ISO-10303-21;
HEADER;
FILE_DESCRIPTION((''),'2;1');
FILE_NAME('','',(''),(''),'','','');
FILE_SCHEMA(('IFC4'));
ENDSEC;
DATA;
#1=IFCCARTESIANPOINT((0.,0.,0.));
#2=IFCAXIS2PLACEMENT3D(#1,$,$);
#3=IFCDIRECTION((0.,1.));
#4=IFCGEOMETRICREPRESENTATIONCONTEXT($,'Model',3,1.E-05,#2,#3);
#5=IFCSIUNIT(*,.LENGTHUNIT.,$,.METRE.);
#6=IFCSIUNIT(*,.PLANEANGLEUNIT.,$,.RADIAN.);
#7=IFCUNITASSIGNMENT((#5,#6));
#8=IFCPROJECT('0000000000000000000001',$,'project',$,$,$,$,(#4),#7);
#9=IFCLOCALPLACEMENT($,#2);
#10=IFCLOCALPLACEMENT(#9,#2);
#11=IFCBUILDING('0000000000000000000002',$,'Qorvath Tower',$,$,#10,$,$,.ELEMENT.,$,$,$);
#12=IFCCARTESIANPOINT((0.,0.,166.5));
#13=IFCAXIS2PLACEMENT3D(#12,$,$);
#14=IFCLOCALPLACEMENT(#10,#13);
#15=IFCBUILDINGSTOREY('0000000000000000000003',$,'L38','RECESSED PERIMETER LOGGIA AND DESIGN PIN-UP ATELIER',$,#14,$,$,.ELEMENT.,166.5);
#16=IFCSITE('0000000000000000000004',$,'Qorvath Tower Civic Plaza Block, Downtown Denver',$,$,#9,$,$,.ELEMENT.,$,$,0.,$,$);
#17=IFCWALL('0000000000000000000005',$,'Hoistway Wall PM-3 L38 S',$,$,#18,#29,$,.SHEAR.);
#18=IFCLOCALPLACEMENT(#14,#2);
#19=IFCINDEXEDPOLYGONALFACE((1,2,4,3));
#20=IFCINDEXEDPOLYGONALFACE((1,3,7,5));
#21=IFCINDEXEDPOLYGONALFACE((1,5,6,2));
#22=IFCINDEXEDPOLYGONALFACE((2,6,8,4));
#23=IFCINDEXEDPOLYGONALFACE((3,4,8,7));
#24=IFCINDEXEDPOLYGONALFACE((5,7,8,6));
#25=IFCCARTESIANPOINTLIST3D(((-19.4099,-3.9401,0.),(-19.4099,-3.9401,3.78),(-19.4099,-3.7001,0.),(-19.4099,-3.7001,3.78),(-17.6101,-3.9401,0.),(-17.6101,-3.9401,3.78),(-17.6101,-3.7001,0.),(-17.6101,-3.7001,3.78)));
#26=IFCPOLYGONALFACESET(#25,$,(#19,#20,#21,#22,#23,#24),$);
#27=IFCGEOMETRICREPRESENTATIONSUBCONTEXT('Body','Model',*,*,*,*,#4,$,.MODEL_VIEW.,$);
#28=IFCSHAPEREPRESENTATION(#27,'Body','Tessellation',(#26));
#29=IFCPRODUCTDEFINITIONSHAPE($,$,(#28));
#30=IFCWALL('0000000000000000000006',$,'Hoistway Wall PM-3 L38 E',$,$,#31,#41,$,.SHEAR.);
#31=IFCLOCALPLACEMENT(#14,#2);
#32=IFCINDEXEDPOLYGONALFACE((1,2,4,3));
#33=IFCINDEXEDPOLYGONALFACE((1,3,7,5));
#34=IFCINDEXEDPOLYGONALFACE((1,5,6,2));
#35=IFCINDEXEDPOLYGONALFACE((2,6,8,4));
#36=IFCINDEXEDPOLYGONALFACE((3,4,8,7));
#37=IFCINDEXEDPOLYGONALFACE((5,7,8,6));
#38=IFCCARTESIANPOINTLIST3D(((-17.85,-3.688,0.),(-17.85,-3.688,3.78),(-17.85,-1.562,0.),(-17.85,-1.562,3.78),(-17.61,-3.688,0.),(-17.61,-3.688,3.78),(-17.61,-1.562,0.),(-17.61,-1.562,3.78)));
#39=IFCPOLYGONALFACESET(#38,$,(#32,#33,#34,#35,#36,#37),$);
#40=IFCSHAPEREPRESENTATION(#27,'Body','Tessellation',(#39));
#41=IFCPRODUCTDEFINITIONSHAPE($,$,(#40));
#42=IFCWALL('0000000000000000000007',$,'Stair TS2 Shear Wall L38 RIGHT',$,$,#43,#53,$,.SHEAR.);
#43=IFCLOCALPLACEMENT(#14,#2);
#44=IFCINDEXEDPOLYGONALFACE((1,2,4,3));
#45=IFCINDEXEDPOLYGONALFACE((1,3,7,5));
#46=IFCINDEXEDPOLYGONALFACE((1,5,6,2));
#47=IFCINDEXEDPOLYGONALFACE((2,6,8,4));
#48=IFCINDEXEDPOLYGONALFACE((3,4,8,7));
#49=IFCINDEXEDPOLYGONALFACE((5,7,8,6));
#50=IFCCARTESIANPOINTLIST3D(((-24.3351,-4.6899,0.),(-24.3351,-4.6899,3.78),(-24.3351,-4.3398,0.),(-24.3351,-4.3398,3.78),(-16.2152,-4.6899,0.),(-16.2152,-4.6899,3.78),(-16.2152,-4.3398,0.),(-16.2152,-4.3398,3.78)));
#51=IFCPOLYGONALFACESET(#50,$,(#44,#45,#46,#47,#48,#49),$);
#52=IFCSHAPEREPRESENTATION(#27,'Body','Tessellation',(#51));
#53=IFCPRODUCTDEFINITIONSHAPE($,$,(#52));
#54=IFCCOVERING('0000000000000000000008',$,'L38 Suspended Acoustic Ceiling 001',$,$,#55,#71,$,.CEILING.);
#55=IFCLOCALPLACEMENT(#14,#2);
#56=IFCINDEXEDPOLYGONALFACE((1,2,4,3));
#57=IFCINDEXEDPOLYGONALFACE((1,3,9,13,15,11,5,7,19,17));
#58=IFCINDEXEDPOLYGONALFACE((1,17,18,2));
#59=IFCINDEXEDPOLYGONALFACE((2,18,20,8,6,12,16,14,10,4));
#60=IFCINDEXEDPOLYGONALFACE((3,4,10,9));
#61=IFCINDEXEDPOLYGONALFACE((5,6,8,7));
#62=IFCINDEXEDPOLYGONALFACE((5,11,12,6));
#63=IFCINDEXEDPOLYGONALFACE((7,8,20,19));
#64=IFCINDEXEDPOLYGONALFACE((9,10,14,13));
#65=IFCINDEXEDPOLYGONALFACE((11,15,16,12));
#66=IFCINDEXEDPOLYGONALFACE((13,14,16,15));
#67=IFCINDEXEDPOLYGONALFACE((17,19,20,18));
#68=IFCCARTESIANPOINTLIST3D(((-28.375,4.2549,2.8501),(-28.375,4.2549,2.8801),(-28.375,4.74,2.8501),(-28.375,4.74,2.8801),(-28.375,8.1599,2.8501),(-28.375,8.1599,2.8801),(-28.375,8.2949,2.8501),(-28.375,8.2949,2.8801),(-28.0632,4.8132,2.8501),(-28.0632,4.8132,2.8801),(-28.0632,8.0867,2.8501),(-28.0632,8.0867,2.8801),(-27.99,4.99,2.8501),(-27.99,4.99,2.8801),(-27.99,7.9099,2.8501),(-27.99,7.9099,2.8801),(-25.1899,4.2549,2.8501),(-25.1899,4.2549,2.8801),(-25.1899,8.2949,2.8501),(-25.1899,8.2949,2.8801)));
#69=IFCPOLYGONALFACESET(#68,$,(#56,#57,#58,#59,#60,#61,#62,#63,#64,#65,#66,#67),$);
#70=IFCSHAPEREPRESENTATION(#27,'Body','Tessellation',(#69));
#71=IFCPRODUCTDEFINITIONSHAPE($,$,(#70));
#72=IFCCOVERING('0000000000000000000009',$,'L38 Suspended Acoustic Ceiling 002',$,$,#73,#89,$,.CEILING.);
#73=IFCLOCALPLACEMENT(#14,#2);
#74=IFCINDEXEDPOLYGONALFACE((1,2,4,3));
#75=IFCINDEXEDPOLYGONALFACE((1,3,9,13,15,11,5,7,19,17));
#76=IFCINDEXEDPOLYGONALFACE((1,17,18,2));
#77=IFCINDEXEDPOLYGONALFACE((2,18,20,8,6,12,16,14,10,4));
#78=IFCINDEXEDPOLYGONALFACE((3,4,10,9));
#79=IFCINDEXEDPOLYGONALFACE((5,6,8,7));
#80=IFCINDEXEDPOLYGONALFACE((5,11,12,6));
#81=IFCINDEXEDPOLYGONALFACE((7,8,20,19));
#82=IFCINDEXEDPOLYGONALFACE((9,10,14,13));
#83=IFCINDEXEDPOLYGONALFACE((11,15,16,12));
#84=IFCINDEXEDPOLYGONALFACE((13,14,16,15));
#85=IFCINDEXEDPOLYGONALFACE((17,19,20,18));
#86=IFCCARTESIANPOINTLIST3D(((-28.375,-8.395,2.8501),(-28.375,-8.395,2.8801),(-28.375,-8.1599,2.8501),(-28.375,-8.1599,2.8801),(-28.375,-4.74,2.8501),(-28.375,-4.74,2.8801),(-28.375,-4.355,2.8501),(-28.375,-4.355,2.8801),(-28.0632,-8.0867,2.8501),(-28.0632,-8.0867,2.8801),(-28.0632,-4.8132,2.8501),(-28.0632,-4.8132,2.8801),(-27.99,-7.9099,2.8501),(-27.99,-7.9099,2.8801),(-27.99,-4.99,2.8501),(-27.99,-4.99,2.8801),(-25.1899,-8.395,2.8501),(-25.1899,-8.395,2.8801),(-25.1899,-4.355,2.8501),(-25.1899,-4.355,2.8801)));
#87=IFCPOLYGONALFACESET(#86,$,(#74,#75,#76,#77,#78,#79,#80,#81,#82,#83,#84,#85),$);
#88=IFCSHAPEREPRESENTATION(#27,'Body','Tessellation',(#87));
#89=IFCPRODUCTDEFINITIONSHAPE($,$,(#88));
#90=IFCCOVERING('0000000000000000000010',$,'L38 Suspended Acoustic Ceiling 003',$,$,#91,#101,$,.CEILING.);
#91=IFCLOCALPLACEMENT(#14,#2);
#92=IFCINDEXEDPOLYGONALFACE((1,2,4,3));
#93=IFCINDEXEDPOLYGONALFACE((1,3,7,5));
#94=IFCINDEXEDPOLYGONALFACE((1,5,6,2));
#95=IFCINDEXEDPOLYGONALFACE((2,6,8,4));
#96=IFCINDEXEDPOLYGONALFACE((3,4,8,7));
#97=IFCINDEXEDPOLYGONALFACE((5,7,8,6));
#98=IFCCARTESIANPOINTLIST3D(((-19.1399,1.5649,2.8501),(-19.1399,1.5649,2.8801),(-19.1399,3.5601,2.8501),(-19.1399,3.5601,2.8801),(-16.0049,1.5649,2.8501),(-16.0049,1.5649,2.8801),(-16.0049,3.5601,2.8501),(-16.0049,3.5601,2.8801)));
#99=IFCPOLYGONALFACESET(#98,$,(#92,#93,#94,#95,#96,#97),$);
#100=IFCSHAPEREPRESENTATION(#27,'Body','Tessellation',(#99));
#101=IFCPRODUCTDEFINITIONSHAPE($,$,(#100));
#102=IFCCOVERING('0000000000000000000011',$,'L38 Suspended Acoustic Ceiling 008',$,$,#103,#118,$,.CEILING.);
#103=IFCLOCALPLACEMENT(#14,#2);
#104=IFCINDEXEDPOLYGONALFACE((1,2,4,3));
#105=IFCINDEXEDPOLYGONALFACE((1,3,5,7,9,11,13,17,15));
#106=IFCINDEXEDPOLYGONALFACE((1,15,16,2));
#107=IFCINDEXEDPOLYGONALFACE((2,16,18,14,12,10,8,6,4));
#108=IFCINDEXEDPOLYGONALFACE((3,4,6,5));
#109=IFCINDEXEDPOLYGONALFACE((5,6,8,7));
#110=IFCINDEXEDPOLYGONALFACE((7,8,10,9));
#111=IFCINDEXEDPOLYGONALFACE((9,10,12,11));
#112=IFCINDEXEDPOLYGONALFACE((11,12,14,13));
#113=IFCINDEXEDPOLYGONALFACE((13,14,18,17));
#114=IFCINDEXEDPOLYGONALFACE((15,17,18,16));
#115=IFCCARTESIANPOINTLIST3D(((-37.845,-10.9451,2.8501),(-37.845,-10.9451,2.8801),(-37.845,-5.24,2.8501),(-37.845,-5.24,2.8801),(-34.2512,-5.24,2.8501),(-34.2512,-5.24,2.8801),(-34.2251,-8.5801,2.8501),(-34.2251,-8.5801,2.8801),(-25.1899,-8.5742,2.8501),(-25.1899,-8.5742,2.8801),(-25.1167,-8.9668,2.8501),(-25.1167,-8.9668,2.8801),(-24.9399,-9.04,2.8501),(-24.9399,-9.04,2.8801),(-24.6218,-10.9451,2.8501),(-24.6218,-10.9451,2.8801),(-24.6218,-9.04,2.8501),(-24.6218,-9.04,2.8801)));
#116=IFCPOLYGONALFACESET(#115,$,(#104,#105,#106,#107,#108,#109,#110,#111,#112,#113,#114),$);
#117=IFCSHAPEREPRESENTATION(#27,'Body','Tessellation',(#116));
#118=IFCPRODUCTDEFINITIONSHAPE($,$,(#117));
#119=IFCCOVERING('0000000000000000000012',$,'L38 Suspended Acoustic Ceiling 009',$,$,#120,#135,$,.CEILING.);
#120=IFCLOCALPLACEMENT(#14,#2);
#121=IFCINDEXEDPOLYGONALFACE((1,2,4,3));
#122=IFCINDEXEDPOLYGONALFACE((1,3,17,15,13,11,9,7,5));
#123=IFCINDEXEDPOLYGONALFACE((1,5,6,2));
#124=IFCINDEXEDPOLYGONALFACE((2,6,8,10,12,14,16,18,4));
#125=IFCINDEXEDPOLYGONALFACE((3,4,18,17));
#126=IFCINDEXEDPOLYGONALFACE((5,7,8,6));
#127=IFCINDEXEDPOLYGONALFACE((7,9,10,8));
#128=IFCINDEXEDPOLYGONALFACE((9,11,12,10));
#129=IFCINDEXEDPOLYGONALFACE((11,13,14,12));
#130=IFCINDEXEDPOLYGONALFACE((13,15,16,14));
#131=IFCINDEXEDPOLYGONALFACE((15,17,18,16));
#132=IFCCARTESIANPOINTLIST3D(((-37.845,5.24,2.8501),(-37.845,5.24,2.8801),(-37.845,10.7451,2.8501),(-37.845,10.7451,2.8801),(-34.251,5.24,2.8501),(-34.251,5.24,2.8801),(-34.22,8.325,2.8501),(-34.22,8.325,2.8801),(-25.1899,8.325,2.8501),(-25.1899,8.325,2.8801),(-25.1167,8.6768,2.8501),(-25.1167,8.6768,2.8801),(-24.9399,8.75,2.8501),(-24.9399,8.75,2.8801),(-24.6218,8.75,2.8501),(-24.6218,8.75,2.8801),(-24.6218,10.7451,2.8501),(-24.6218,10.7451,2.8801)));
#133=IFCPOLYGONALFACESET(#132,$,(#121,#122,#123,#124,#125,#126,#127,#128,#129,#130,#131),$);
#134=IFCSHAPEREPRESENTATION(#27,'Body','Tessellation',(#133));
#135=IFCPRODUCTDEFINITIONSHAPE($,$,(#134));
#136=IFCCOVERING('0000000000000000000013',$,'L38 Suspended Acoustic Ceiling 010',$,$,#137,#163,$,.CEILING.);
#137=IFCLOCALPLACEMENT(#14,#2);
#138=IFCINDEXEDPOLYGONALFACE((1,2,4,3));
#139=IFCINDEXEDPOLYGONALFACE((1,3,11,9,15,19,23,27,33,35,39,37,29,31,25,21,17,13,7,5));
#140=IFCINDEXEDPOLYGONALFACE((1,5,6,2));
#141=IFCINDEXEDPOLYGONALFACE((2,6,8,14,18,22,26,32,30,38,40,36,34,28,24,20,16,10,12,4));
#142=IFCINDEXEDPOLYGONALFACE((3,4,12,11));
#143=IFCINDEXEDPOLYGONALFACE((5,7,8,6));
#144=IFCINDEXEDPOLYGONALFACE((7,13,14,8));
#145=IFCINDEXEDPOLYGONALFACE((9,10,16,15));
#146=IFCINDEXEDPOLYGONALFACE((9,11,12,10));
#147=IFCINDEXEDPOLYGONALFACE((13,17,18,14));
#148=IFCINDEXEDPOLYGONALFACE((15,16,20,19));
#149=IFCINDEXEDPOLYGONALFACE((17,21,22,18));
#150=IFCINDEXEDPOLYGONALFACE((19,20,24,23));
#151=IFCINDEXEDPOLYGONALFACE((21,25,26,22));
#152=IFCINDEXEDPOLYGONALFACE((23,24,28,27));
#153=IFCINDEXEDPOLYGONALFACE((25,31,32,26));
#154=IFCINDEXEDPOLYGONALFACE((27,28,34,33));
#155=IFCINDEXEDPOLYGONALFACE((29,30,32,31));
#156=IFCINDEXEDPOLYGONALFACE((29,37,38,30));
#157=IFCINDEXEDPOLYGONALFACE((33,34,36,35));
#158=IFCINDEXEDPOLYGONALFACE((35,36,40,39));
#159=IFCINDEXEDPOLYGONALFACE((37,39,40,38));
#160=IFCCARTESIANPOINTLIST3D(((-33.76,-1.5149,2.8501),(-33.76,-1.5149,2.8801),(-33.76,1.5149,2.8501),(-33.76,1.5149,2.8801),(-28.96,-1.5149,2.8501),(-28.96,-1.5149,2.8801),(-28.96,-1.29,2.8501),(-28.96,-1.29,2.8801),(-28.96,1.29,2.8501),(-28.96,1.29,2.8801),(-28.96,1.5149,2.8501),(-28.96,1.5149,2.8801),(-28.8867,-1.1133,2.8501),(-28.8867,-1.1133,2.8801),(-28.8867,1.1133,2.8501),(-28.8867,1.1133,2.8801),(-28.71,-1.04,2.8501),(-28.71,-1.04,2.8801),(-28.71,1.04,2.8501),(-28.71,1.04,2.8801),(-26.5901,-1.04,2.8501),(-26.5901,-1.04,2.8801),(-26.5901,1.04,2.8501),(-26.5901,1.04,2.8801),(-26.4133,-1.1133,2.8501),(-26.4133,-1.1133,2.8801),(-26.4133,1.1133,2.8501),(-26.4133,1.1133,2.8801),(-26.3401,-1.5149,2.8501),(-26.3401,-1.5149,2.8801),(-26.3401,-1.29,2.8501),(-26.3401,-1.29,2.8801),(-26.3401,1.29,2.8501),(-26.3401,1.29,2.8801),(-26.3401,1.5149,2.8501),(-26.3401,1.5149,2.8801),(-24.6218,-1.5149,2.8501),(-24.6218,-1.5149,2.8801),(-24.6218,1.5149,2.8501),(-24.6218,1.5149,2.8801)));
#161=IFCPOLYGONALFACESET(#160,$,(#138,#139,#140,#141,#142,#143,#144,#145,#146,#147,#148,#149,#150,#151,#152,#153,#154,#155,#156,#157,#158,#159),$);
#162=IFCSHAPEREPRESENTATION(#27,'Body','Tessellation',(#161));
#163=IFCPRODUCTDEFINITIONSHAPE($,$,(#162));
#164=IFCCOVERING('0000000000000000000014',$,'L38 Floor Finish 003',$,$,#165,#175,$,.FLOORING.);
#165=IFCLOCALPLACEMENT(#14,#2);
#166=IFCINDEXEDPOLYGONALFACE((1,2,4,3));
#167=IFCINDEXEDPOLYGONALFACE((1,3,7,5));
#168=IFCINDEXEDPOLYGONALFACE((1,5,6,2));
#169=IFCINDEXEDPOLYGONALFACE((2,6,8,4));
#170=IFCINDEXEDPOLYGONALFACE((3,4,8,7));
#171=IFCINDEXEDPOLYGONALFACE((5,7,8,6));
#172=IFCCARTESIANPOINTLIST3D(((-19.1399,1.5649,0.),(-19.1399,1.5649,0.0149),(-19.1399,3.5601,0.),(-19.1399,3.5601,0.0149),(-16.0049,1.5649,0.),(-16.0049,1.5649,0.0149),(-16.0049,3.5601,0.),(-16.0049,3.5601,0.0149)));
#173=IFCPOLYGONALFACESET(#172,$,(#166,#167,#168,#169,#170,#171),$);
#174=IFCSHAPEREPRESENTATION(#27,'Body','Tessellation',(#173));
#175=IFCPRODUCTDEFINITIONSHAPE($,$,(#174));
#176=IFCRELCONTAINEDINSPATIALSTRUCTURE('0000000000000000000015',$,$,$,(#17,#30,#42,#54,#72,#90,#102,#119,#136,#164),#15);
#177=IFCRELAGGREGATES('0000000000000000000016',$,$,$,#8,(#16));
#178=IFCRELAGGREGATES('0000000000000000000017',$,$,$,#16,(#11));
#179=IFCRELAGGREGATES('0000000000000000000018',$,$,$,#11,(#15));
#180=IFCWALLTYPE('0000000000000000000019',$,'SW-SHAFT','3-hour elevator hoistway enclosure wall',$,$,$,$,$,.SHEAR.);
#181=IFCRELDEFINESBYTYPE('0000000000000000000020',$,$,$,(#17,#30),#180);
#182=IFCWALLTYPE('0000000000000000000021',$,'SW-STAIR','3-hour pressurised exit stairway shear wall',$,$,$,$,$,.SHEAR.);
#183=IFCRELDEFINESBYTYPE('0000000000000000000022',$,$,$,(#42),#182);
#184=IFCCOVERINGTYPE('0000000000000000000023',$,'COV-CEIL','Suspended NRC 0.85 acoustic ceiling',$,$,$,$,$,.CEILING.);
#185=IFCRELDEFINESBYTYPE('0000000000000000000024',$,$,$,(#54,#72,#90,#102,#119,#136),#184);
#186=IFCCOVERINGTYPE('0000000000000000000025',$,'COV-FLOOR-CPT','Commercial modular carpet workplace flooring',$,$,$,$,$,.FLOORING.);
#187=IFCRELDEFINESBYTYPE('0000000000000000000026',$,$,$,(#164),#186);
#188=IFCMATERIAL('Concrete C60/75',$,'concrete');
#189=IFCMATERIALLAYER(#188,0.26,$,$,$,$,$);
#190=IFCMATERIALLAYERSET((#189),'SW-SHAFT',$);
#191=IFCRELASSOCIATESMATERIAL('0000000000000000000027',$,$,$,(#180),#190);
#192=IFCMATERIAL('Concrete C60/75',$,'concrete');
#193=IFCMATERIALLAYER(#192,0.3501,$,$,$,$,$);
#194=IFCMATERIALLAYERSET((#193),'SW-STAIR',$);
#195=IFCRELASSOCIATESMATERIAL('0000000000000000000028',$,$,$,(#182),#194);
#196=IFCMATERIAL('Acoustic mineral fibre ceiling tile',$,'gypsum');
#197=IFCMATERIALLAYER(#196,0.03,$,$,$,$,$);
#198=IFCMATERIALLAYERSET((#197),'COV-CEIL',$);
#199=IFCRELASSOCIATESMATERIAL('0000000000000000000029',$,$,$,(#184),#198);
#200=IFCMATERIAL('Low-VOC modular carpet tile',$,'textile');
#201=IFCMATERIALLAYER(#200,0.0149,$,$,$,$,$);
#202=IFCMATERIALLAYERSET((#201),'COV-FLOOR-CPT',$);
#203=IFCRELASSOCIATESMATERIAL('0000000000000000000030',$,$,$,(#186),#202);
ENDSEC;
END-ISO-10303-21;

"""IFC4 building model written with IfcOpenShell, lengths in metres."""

from ifc_helpers import new_model, si_unit, direction, frame, frame_2d, origin, place, context, subcontext, project, spatial, polyline, rectangle, outline, extrude, material, layer, layer_set, type_object, element, save


model = new_model("IFC4")

# Units and contexts
model_context = context("Model", 3, precision=1e-05, world=origin(), true_north=direction((0.0, 1.0)))
body_context = subcontext(model_context, "Body", "Model", "MODEL_VIEW")
ifc_project = project(units=[si_unit("LENGTHUNIT", "METRE"), si_unit("PLANEANGLEUNIT", "RADIAN")], contexts=[model_context])

# Site, building, storey
site_placement = place(None, origin())
site = spatial("IfcSite", under=ifc_project, at=site_placement, Name="Qorvath Tower Civic Plaza Block, Downtown Denver", CompositionType="ELEMENT", RefElevation=0.0)
building_placement = place(site_placement, origin())
building = spatial("IfcBuilding", under=site, at=building_placement, Name="Qorvath Tower", CompositionType="ELEMENT")
storey_placement = place(building_placement, frame((0.0, 0.0, 166.5)))
storey = spatial("IfcBuildingStorey", under=building, at=storey_placement, Name="L38", Description="RECESSED PERIMETER LOGGIA AND DESIGN PIN-UP ATELIER", CompositionType="ELEMENT", Elevation=166.5)

# Walls
ifc_material_1 = material(Name="Concrete C60/75", Category="concrete")
ifc_layer_1 = layer(ifc_material_1, 0.26)
ifc_layer_set_1 = layer_set([ifc_layer_1], Name="SW-SHAFT")
wall_type_1 = type_object("IfcWallType", Name="SW-SHAFT", Description="3-hour elevator hoistway enclosure wall", PredefinedType="SHEAR", material=ifc_layer_set_1)
wall_1_placement = place(storey_placement, frame((-17.6101, -3.8201, 0.0), z_axis=(0.0, 0.0, 1.0), x_axis=(-1.0, 0.0, 0.0)))
element("IfcWall", 1, at=wall_1_placement, inside=storey, type_object=wall_type_1, Name="Hoistway Wall PM-3 L38 S", PredefinedType="SHEAR", context=body_context, shape_type="SweptSolid", body=[
    extrude(rectangle(XDim=1.7998, YDim=0.24, at=frame_2d((0.8999, 0.0))), origin(), (0.0, 0.0, 1.0), 3.78),
])
wall_2_placement = place(storey_placement, frame((-17.73, -1.562, 0.0), z_axis=(0.0, 0.0, 1.0), x_axis=(0.0, -1.0, 0.0)))
element("IfcWall", 2, at=wall_2_placement, inside=storey, type_object=wall_type_1, Name="Hoistway Wall PM-3 L38 E", PredefinedType="SHEAR", context=body_context, shape_type="SweptSolid", body=[
    extrude(rectangle(XDim=2.126, YDim=0.24, at=frame_2d((1.063, 0.0))), origin(), (0.0, 0.0, 1.0), 3.78),
])
ifc_material_2 = material(Name="Concrete C60/75", Category="concrete")
ifc_layer_2 = layer(ifc_material_2, 0.3501)
ifc_layer_set_2 = layer_set([ifc_layer_2], Name="SW-STAIR")
wall_type_2 = type_object("IfcWallType", Name="SW-STAIR", Description="3-hour pressurised exit stairway shear wall", PredefinedType="SHEAR", material=ifc_layer_set_2)
wall_3_placement = place(storey_placement, frame((-16.2151, -4.5149, 0.0), z_axis=(0.0, 0.0, 1.0), x_axis=(-1.0, 0.0, 0.0)))
element("IfcWall", 3, at=wall_3_placement, inside=storey, type_object=wall_type_2, Name="Stair TS2 Shear Wall L38 RIGHT", PredefinedType="SHEAR", context=body_context, shape_type="SweptSolid", body=[
    extrude(rectangle(XDim=8.1199, YDim=0.3501, at=frame_2d((4.0601, 0.0))), origin(), (0.0, 0.0, 1.0), 3.78),
])

# Coverings
ifc_material_3 = material(Name="Acoustic mineral fibre ceiling tile", Category="gypsum")
ifc_layer_3 = layer(ifc_material_3, 0.03)
ifc_layer_set_3 = layer_set([ifc_layer_3], Name="COV-CEIL")
covering_type_1 = type_object("IfcCoveringType", Name="COV-CEIL", Description="Suspended NRC 0.85 acoustic ceiling", PredefinedType="CEILING", material=ifc_layer_set_3)
covering_1_placement = place(storey_placement, frame((0.0, 0.0, 2.8501)))
element("IfcCovering", 4, at=covering_1_placement, inside=storey, type_object=covering_type_1, Name="L38 Suspended Acoustic Ceiling 001", PredefinedType="CEILING", context=body_context, shape_type="SweptSolid", body=[
    extrude(outline(polyline([(-25.1899, 4.2549), (-25.1899, 8.2949), (-28.375, 8.2949), (-28.375, 8.1599), (-28.0632, 8.0867), (-27.99, 7.9099), (-27.99, 4.99), (-28.0632, 4.8132), (-28.375, 4.74), (-28.375, 4.2549), (-25.1899, 4.2549)])), origin(), (0.0, 0.0, 1.0), 0.03),
])
covering_2_placement = place(storey_placement, frame((0.0, 0.0, 2.8501)))
element("IfcCovering", 5, at=covering_2_placement, inside=storey, type_object=covering_type_1, Name="L38 Suspended Acoustic Ceiling 002", PredefinedType="CEILING", context=body_context, shape_type="SweptSolid", body=[
    extrude(outline(polyline([(-25.1899, -8.395), (-25.1899, -4.355), (-28.375, -4.355), (-28.375, -4.74), (-28.0632, -4.8132), (-27.99, -4.99), (-27.99, -7.9099), (-28.0632, -8.0867), (-28.375, -8.1599), (-28.375, -8.395), (-25.1899, -8.395)])), origin(), (0.0, 0.0, 1.0), 0.03),
])
covering_3_placement = place(storey_placement, frame((0.0, 0.0, 2.8501)))
element("IfcCovering", 6, at=covering_3_placement, inside=storey, type_object=covering_type_1, Name="L38 Suspended Acoustic Ceiling 003", PredefinedType="CEILING", context=body_context, shape_type="SweptSolid", body=[
    extrude(outline(polyline([(-16.0049, 3.5601), (-19.1399, 3.5601), (-19.1399, 1.5649), (-16.0049, 1.5649), (-16.0049, 3.5601)])), origin(), (0.0, 0.0, 1.0), 0.03),
])
covering_4_placement = place(storey_placement, frame((0.0, 0.0, 2.8501)))
element("IfcCovering", 7, at=covering_4_placement, inside=storey, type_object=covering_type_1, Name="L38 Suspended Acoustic Ceiling 008", PredefinedType="CEILING", context=body_context, shape_type="SweptSolid", body=[
    extrude(outline(polyline([(-34.2251, -8.5801), (-34.2512, -5.24), (-37.845, -5.24), (-37.845, -10.9451), (-24.6218, -10.9451), (-24.6218, -9.04), (-24.9399, -9.04), (-25.1167, -8.9668), (-25.1899, -8.5742), (-34.2251, -8.5801)])), origin(), (0.0, 0.0, 1.0), 0.03),
])
covering_5_placement = place(storey_placement, frame((0.0, 0.0, 2.8501)))
element("IfcCovering", 8, at=covering_5_placement, inside=storey, type_object=covering_type_1, Name="L38 Suspended Acoustic Ceiling 009", PredefinedType="CEILING", context=body_context, shape_type="SweptSolid", body=[
    extrude(outline(polyline([(-24.6218, 8.75), (-24.6218, 10.7451), (-37.845, 10.7451), (-37.845, 5.24), (-34.251, 5.24), (-34.22, 8.325), (-25.1899, 8.325), (-25.1167, 8.6768), (-24.9399, 8.75), (-24.6218, 8.75)])), origin(), (0.0, 0.0, 1.0), 0.03),
])
covering_6_placement = place(storey_placement, frame((0.0, 0.0, 2.8501)))
element("IfcCovering", 9, at=covering_6_placement, inside=storey, type_object=covering_type_1, Name="L38 Suspended Acoustic Ceiling 010", PredefinedType="CEILING", context=body_context, shape_type="SweptSolid", body=[
    extrude(outline(polyline([(-24.6218, -1.5149), (-24.6218, 1.5149), (-26.3401, 1.5149), (-26.3401, 1.29), (-26.4133, 1.1133), (-26.5901, 1.04), (-28.71, 1.04), (-28.8867, 1.1133), (-28.96, 1.29), (-28.96, 1.5149), (-33.76, 1.5149), (-33.76, -1.5149), (-28.96, -1.5149), (-28.96, -1.29), (-28.8867, -1.1133), (-28.71, -1.04), (-26.5901, -1.04), (-26.4133, -1.1133), (-26.3401, -1.29), (-26.3401, -1.5149), (-24.6218, -1.5149)])), origin(), (0.0, 0.0, 1.0), 0.03),
])
ifc_material_4 = material(Name="Low-VOC modular carpet tile", Category="textile")
ifc_layer_4 = layer(ifc_material_4, 0.0149)
ifc_layer_set_4 = layer_set([ifc_layer_4], Name="COV-FLOOR-CPT")
covering_type_2 = type_object("IfcCoveringType", Name="COV-FLOOR-CPT", Description="Commercial modular carpet workplace flooring", PredefinedType="FLOORING", material=ifc_layer_set_4)
covering_7_placement = place(storey_placement, origin())
element("IfcCovering", 10, at=covering_7_placement, inside=storey, type_object=covering_type_2, Name="L38 Floor Finish 003", PredefinedType="FLOORING", context=body_context, shape_type="SweptSolid", body=[
    extrude(outline(polyline([(-16.0049, 3.5601), (-19.1399, 3.5601), (-19.1399, 1.5649), (-16.0049, 1.5649), (-16.0049, 3.5601)])), origin(), (0.0, 0.0, 1.0), 0.0149),
])

save(model, "model.ifc")
